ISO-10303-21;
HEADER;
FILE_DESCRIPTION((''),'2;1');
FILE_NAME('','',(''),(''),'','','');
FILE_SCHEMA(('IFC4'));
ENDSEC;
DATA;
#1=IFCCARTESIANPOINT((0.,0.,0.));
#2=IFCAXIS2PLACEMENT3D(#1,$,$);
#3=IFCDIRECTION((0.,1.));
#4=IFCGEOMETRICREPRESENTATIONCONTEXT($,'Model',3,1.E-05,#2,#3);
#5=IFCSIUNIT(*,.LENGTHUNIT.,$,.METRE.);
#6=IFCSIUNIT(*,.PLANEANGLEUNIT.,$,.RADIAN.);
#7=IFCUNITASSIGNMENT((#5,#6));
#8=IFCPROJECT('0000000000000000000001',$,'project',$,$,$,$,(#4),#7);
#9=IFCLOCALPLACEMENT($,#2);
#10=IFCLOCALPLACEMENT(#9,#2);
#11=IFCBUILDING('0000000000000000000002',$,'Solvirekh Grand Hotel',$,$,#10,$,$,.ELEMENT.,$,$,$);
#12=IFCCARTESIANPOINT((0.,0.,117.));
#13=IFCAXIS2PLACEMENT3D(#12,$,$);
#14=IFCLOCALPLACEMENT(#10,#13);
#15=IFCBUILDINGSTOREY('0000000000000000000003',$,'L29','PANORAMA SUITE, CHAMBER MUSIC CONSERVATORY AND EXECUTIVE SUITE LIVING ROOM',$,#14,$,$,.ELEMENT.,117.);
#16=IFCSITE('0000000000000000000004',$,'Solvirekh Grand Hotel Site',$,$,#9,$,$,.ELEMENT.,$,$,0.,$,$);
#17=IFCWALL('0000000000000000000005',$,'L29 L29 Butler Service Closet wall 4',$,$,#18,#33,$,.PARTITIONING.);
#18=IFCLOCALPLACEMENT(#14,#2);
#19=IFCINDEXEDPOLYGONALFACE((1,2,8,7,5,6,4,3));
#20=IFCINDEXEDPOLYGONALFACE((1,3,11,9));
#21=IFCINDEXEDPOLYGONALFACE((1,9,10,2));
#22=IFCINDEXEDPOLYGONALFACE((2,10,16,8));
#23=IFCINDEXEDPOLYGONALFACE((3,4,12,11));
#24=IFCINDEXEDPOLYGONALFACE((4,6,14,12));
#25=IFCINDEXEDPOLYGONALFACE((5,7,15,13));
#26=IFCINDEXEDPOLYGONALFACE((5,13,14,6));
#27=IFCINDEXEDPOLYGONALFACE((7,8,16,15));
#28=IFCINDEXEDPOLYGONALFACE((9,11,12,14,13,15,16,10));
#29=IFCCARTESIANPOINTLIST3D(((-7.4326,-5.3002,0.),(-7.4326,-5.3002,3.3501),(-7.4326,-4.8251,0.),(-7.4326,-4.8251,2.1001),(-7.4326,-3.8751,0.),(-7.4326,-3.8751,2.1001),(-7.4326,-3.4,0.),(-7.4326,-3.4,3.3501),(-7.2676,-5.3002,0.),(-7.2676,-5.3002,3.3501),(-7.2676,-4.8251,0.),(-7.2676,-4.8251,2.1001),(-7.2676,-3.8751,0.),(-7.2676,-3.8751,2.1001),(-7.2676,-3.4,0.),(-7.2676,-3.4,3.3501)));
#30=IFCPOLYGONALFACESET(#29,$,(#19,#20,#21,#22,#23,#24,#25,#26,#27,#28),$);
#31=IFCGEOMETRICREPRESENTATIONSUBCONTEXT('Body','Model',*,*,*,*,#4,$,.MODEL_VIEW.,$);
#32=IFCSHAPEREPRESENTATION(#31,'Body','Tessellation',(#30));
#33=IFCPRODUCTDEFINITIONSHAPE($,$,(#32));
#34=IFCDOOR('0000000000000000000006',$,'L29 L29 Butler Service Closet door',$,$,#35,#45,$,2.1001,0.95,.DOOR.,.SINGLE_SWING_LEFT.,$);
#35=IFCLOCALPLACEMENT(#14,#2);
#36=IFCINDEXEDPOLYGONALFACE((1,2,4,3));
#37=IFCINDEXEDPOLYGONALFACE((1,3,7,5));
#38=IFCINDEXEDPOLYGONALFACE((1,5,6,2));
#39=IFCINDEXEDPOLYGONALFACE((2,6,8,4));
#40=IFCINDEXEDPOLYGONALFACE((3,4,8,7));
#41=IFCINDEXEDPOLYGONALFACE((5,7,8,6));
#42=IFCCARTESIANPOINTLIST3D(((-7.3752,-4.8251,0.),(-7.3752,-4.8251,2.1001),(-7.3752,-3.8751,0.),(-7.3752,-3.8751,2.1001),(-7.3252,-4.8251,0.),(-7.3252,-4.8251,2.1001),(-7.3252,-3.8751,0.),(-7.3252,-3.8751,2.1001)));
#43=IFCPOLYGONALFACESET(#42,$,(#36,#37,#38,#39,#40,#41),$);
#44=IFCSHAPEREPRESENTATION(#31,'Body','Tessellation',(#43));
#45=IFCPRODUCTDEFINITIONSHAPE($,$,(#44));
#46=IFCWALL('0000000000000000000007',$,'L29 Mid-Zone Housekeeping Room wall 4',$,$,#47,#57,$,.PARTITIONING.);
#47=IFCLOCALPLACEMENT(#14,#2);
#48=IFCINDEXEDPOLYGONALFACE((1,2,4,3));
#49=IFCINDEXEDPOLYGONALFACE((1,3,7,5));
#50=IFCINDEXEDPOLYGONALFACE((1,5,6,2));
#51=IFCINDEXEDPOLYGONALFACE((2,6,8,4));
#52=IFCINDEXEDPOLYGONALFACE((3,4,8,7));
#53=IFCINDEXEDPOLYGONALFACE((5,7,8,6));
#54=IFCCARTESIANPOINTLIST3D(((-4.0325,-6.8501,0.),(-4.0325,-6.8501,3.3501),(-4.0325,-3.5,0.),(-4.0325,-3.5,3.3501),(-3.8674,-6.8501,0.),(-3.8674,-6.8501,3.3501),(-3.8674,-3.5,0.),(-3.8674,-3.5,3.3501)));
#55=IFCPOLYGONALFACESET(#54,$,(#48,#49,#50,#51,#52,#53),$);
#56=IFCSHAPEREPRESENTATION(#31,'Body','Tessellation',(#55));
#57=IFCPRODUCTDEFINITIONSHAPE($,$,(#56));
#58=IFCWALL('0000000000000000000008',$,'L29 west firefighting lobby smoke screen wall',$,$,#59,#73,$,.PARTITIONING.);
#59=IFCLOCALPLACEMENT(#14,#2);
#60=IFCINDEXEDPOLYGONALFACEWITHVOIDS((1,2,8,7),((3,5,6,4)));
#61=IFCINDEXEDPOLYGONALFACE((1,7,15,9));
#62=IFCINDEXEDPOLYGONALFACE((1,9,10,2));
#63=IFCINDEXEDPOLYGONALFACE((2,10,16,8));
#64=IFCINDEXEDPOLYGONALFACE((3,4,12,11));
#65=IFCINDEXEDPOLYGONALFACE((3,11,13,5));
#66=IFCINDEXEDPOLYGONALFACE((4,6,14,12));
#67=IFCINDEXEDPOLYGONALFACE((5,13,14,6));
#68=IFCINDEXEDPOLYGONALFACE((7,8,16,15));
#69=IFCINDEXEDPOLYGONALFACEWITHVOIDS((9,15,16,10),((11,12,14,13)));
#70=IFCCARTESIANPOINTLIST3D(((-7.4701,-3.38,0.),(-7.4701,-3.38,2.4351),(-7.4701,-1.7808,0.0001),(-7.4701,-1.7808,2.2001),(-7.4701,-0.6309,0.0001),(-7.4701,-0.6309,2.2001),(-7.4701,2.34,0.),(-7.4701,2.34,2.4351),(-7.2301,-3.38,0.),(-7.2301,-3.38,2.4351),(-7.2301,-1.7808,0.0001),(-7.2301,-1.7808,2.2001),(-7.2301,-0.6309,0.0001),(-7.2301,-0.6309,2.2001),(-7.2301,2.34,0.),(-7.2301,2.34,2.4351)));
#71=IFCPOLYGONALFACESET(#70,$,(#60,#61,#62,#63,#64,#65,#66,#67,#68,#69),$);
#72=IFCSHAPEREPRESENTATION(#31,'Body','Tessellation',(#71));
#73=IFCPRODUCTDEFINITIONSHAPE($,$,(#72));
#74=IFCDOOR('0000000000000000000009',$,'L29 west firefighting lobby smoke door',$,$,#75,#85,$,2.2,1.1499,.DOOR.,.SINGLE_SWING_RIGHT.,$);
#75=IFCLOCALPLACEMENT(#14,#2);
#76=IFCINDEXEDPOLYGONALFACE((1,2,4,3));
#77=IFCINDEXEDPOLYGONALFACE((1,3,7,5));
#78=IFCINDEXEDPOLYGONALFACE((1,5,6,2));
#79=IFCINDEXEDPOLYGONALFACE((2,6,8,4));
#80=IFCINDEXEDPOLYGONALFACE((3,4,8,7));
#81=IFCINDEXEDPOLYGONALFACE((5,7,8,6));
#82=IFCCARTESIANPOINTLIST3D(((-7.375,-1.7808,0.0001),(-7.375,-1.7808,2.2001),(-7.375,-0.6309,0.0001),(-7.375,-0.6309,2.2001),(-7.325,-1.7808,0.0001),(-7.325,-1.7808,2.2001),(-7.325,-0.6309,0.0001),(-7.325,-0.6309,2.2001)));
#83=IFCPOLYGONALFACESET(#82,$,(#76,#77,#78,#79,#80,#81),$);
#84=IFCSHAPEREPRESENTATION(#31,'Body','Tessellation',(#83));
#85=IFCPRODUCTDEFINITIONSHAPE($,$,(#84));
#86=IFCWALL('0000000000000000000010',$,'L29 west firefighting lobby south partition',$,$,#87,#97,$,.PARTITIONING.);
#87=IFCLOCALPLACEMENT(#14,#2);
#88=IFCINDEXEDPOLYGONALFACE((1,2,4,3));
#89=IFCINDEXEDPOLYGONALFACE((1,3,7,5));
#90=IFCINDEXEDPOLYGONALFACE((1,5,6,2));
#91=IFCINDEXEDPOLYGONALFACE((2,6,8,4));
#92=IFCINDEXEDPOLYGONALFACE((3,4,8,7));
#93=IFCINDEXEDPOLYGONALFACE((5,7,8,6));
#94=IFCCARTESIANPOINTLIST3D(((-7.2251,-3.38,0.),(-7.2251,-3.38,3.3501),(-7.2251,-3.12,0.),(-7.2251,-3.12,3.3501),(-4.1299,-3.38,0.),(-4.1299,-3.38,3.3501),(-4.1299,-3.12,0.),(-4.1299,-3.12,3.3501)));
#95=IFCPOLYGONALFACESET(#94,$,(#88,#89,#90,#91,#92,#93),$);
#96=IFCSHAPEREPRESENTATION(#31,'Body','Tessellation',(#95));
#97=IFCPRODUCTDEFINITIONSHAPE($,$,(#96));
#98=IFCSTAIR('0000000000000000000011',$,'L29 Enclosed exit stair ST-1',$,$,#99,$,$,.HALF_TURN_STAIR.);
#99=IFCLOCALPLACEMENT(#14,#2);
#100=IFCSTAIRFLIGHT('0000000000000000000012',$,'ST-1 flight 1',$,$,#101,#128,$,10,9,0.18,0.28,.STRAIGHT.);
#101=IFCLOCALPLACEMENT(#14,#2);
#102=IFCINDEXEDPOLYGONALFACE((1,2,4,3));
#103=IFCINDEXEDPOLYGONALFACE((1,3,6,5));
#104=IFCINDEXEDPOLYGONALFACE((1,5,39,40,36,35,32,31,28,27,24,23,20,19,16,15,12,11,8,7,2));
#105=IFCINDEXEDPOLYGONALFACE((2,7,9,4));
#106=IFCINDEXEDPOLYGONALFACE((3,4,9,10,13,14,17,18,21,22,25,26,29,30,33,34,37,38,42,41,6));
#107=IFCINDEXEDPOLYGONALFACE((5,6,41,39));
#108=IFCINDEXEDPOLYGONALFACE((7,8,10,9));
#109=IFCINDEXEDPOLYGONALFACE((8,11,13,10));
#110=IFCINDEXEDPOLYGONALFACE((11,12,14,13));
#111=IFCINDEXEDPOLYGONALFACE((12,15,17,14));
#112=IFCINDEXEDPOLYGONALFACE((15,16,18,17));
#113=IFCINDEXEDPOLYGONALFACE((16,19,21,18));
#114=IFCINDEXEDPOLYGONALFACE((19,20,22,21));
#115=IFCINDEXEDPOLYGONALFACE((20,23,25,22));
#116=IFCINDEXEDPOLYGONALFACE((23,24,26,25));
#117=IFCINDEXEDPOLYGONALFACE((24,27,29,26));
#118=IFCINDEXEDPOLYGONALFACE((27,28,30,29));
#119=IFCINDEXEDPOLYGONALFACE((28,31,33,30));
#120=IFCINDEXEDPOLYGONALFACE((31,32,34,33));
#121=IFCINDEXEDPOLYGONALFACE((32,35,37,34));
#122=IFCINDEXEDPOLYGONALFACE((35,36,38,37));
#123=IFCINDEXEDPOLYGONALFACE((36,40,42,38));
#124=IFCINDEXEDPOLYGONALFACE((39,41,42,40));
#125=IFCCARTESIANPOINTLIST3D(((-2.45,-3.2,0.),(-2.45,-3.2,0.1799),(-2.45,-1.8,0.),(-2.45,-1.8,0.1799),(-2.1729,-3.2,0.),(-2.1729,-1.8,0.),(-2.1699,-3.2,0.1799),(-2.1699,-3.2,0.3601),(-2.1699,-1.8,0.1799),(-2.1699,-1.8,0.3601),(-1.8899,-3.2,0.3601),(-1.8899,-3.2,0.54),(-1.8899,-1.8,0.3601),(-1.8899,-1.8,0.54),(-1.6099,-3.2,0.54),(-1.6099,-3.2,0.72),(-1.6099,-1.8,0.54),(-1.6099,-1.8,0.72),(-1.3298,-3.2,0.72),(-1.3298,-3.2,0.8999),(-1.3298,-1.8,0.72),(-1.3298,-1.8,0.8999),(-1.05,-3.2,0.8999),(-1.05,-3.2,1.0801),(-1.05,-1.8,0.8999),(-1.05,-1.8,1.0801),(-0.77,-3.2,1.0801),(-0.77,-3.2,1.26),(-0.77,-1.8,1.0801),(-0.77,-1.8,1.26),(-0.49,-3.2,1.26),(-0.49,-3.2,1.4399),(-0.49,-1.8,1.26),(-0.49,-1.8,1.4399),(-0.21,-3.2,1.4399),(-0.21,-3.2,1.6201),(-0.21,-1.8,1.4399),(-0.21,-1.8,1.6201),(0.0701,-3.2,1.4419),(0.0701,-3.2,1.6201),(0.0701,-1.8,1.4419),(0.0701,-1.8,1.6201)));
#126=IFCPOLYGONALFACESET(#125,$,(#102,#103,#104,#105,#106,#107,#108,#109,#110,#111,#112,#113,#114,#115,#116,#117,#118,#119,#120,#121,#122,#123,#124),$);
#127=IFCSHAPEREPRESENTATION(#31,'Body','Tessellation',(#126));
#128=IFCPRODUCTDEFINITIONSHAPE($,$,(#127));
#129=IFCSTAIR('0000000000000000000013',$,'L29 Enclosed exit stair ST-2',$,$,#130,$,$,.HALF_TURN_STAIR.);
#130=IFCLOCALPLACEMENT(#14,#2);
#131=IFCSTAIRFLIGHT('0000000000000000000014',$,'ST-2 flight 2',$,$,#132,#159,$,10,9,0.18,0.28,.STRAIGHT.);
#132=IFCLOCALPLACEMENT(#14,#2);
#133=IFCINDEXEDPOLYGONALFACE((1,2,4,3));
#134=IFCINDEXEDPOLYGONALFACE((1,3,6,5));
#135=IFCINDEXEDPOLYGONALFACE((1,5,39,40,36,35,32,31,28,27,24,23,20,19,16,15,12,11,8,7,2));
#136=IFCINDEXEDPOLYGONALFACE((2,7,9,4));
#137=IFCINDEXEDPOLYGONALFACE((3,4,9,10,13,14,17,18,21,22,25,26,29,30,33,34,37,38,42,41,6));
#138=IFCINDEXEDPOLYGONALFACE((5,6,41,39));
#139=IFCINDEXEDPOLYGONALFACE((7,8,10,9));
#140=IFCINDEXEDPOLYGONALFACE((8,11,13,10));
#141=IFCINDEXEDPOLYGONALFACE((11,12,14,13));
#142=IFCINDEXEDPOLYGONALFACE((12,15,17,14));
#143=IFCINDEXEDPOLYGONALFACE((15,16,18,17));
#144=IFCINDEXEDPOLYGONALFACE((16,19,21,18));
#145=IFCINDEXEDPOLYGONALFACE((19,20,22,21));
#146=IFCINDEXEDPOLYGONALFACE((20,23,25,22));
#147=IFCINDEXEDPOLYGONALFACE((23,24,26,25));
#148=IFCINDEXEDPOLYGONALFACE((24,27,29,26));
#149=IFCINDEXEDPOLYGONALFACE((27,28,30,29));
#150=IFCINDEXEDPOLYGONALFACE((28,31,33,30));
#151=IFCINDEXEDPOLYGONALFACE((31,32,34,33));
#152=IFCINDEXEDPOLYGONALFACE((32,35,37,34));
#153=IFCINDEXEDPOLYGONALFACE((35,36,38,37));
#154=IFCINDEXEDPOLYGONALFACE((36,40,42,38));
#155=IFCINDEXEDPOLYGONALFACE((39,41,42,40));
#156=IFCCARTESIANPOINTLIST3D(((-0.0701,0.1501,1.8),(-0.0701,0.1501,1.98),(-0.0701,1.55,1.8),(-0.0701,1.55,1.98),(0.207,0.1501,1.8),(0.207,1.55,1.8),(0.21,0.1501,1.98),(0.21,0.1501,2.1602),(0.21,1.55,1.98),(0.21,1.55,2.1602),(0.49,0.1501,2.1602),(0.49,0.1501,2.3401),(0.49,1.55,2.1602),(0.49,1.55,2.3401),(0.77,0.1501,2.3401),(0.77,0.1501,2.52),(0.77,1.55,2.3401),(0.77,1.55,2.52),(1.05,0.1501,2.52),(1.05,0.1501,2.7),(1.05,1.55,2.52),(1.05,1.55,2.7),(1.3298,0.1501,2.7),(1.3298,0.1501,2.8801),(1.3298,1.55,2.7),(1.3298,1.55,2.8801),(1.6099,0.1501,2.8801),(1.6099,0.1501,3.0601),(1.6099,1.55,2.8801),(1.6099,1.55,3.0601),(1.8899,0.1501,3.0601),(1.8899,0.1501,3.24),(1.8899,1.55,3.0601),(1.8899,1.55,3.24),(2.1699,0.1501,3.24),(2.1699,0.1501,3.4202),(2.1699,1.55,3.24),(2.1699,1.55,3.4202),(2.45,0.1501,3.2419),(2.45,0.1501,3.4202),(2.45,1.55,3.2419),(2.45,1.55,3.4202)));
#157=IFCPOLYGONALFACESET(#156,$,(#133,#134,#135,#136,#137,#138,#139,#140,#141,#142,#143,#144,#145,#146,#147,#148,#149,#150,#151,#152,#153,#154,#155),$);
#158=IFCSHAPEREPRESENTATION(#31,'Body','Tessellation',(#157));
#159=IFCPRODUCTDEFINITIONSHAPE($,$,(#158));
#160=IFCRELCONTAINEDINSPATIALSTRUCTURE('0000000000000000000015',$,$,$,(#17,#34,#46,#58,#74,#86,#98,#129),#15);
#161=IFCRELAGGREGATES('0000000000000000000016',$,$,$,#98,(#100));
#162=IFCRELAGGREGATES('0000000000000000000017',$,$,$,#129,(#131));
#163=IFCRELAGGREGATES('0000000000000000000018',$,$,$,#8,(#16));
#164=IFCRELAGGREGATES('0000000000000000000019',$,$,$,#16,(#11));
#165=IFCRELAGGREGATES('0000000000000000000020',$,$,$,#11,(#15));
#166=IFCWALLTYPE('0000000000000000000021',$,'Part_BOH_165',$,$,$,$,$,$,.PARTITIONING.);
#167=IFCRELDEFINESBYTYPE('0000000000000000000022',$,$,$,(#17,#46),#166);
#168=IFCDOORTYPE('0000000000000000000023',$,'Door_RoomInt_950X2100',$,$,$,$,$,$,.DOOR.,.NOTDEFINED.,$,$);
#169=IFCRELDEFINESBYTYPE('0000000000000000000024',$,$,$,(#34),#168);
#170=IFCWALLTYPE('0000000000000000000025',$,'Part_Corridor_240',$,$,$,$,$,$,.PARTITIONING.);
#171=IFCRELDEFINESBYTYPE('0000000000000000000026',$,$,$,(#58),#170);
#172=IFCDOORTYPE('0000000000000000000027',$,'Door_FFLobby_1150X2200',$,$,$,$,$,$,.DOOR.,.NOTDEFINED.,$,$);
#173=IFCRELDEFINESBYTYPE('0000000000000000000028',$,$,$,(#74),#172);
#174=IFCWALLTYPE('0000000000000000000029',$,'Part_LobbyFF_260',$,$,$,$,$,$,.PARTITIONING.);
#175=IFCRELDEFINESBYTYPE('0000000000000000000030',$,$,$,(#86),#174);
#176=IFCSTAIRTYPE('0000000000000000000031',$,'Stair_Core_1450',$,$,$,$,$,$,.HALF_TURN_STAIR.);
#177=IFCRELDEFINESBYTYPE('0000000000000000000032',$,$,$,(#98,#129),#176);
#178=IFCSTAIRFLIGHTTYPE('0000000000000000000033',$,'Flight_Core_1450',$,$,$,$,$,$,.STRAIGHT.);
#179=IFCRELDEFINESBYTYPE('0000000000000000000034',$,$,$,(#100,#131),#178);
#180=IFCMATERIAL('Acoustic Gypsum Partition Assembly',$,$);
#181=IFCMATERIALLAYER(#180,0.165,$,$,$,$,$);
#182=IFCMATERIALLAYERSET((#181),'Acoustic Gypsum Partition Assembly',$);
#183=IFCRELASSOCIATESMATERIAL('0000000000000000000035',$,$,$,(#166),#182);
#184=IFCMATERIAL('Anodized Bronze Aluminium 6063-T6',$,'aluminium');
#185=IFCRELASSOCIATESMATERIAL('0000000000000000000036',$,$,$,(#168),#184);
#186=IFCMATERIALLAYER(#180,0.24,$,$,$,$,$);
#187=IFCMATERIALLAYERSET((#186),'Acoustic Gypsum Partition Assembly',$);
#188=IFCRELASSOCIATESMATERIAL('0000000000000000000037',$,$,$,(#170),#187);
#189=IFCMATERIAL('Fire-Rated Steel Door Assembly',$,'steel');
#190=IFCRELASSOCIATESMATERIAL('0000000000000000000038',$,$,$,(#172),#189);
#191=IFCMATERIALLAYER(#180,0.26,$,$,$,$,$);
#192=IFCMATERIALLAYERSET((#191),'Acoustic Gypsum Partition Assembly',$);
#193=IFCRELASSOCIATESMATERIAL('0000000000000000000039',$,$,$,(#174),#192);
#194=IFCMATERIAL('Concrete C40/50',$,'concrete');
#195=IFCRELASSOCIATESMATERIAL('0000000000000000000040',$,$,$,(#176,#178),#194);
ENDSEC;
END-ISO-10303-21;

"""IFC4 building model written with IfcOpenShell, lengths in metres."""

from ifc_helpers import new_model, si_unit, direction, frame, frame_2d, origin, place, context, subcontext, project, spatial, polyline, rectangle, outline, extrude, material, layer, layer_set, type_object, element, fill, aggregate, save


model = new_model("IFC4")

# Units and contexts
model_context = context("Model", 3, precision=1e-05, world=origin(), true_north=direction((0.0, 1.0)))
body_context = subcontext(model_context, "Body", "Model", "MODEL_VIEW")
ifc_project = project(units=[si_unit("LENGTHUNIT", "METRE"), si_unit("PLANEANGLEUNIT", "RADIAN")], contexts=[model_context])

# Site, building, storey
site_placement = place(None, origin())
site = spatial("IfcSite", under=ifc_project, at=site_placement, Name="Solvirekh Grand Hotel Site", CompositionType="ELEMENT", RefElevation=0.0)
building_placement = place(site_placement, origin())
building = spatial("IfcBuilding", under=site, at=building_placement, Name="Solvirekh Grand Hotel", CompositionType="ELEMENT")
storey_placement = place(building_placement, frame((0.0, 0.0, 117.0)))
storey = spatial("IfcBuildingStorey", under=building, at=storey_placement, Name="L29", Description="PANORAMA SUITE, CHAMBER MUSIC CONSERVATORY AND EXECUTIVE SUITE LIVING ROOM", CompositionType="ELEMENT", Elevation=117.0)

# Shared definitions
ifc_material_1 = material(Name="Concrete C40/50", Category="concrete")

# Shared definitions
ifc_material_2 = material(Name="Fire-Rated Steel Door Assembly", Category="steel")

# Wall, opening, door
ifc_material_3 = material(Name="Acoustic Gypsum Partition Assembly")
ifc_layer_1 = layer(ifc_material_3, 0.165)
ifc_layer_set_1 = layer_set([ifc_layer_1], Name="Acoustic Gypsum Partition Assembly")
wall_type_1 = type_object("IfcWallType", Name="Part_BOH_165", PredefinedType="PARTITIONING", material=ifc_layer_set_1)
wall_1_placement = place(storey_placement, frame((-7.3501, -3.3999, 0.0), z_axis=(0.0, 0.0, 1.0), x_axis=(0.0, -1.0, 0.0)))
wall_1 = element("IfcWall", 1, at=wall_1_placement, inside=storey, type_object=wall_type_1, Name="L29 L29 Butler Service Closet wall 4", PredefinedType="PARTITIONING", context=body_context, shape_type="SweptSolid", body=[
    extrude(rectangle(XDim=1.9001, YDim=0.165, at=frame_2d((0.9502, 0.0))), origin(), (0.0, 0.0, 1.0), 3.3501),
])
opening_1_placement = place(wall_1_placement, frame((0.4751, 0.0, 0.0)))
opening_1 = element("IfcOpeningElement", 2, at=opening_1_placement, cuts=wall_1, PredefinedType="OPENING", context=body_context, shape_type="SweptSolid", body=[
    extrude(rectangle(XDim=0.95, YDim=2.1001, at=frame_2d((0.4751, 1.05))), frame((0.0, 0.0925, 0.0), z_axis=(0.0, -1.0, 0.0), x_axis=(1.0, 0.0, 0.0)), (0.0, 0.0, 1.0), 0.1851),
])
ifc_material_4 = material(Name="Anodized Bronze Aluminium 6063-T6", Category="aluminium")
door_type_1 = type_object("IfcDoorType", Name="Door_RoomInt_950X2100", OperationType="NOTDEFINED", PredefinedType="DOOR", material=ifc_material_4)
door_1_placement = place(opening_1_placement, origin())
door_1 = element("IfcDoor", 3, at=door_1_placement, inside=storey, type_object=door_type_1, Name="L29 L29 Butler Service Closet door", OperationType="SINGLE_SWING_LEFT", OverallHeight=2.1001, OverallWidth=0.95, PredefinedType="DOOR", context=body_context, shape_type="SweptSolid", body=[
    extrude(rectangle(XDim=0.95, YDim=2.1001, at=frame_2d((0.4751, 1.05))), frame((0.0, 0.0249, 0.0), z_axis=(0.0, -1.0, 0.0), x_axis=(1.0, 0.0, 0.0)), (0.0, 0.0, 1.0), 0.05),
])
fill(opening_1, door_1)

# Wall
wall_2_placement = place(storey_placement, frame((-3.95, -3.5, 0.0), z_axis=(0.0, 0.0, 1.0), x_axis=(0.0, -1.0, 0.0)))
element("IfcWall", 4, at=wall_2_placement, inside=storey, type_object=wall_type_1, Name="L29 Mid-Zone Housekeeping Room wall 4", PredefinedType="PARTITIONING", context=body_context, shape_type="SweptSolid", body=[
    extrude(rectangle(XDim=3.3501, YDim=0.165, at=frame_2d((1.675, 0.0))), origin(), (0.0, 0.0, 1.0), 3.3501),
])

# Wall, opening, door
ifc_layer_2 = layer(ifc_material_3, 0.24)
ifc_layer_set_2 = layer_set([ifc_layer_2], Name="Acoustic Gypsum Partition Assembly")
wall_type_2 = type_object("IfcWallType", Name="Part_Corridor_240", PredefinedType="PARTITIONING", material=ifc_layer_set_2)
wall_3_placement = place(storey_placement, frame((-7.3501, -3.3799, 0.0), z_axis=(0.0, 0.0, 1.0), x_axis=(0.0, 1.0, 0.0)))
wall_3 = element("IfcWall", 5, at=wall_3_placement, inside=storey, type_object=wall_type_2, Name="L29 west firefighting lobby smoke screen wall", PredefinedType="PARTITIONING", context=body_context, shape_type="SweptSolid", body=[
    extrude(rectangle(XDim=5.72, YDim=0.24, at=frame_2d((2.8599, 0.0))), origin(), (0.0, 0.0, 1.0), 2.4351),
])
opening_2_placement = place(wall_3_placement, frame((1.5991, 0.0, 0.0)))
opening_2 = element("IfcOpeningElement", 6, at=opening_2_placement, cuts=wall_3, PredefinedType="OPENING", context=body_context, shape_type="SweptSolid", body=[
    extrude(rectangle(XDim=1.1499, YDim=2.2, at=frame_2d((0.575, 1.1001))), frame((0.0, 0.1299, 0.0), z_axis=(0.0, -1.0, 0.0), x_axis=(1.0, 0.0, 0.0)), (0.0, 0.0, 1.0), 0.26),
])
door_type_2 = type_object("IfcDoorType", Name="Door_FFLobby_1150X2200", OperationType="NOTDEFINED", PredefinedType="DOOR", material=ifc_material_2)
door_2_placement = place(opening_2_placement, origin())
door_2 = element("IfcDoor", 7, at=door_2_placement, inside=storey, type_object=door_type_2, Name="L29 west firefighting lobby smoke door", OperationType="SINGLE_SWING_RIGHT", OverallHeight=2.2, OverallWidth=1.1499, PredefinedType="DOOR", context=body_context, shape_type="SweptSolid", body=[
    extrude(rectangle(XDim=1.1499, YDim=2.2, at=frame_2d((0.575, 1.1001))), frame((0.0, 0.0249, 0.0), z_axis=(0.0, -1.0, 0.0), x_axis=(1.0, 0.0, 0.0)), (0.0, 0.0, 1.0), 0.05),
])
fill(opening_2, door_2)

# Wall
ifc_layer_3 = layer(ifc_material_3, 0.26)
ifc_layer_set_3 = layer_set([ifc_layer_3], Name="Acoustic Gypsum Partition Assembly")
wall_type_3 = type_object("IfcWallType", Name="Part_LobbyFF_260", PredefinedType="PARTITIONING", material=ifc_layer_set_3)
wall_4_placement = place(storey_placement, frame((-7.2251, -3.25, 0.0), z_axis=(0.0, 0.0, 1.0), x_axis=(1.0, 0.0, 0.0)))
element("IfcWall", 8, at=wall_4_placement, inside=storey, type_object=wall_type_3, Name="L29 west firefighting lobby south partition", PredefinedType="PARTITIONING", context=body_context, shape_type="SweptSolid", body=[
    extrude(rectangle(XDim=3.0952, YDim=0.26, at=frame_2d((1.5476, 0.0))), origin(), (0.0, 0.0, 1.0), 3.3501),
])

# Stairs, stair flights
stair_type = type_object("IfcStairType", Name="Stair_Core_1450", PredefinedType="HALF_TURN_STAIR", material=ifc_material_1)
stair_1_placement = place(storey_placement, origin())
stair_1 = element("IfcStair", 9, at=stair_1_placement, inside=storey, type_object=stair_type, Name="L29 Enclosed exit stair ST-1", PredefinedType="HALF_TURN_STAIR")
stair_flight_type = type_object("IfcStairFlightType", Name="Flight_Core_1450", PredefinedType="STRAIGHT", material=ifc_material_1)
stair_flight_1_placement = place(storey_placement, frame((-2.45, -2.5, 0.0), z_axis=(0.0, 0.0, 1.0), x_axis=(1.0, 0.0, 0.0)))
stair_flight_1 = element("IfcStairFlight", 10, at=stair_flight_1_placement, type_object=stair_flight_type, Name="ST-1 flight 1", NumberOfRisers=10, NumberOfTreads=9, PredefinedType="STRAIGHT", RiserHeight=0.18, TreadLength=0.28, context=body_context, shape_type="SweptSolid", body=[
    extrude(outline(polyline([(0.0, 0.0), (0.0, 0.1799), (0.28, 0.1799), (0.28, 0.3601), (0.5601, 0.3601), (0.5601, 0.54), (0.8401, 0.54), (0.8401, 0.72), (1.1201, 0.72), (1.1201, 0.8999), (1.3999, 0.8999), (1.3999, 1.0801), (1.6799, 1.0801), (1.6799, 1.26), (1.96, 1.26), (1.96, 1.4399), (2.24, 1.4399), (2.24, 1.6201), (2.52, 1.6201), (2.52, 1.8), (2.52, 1.4419), (0.2771, 0.0), (0.0, 0.0)])), frame((0.0, 0.7, 0.0), z_axis=(0.0, -1.0, 0.0), x_axis=(1.0, 0.0, 0.0)), (0.0, 0.0, 1.0), 1.3999),
])
aggregate(stair_1, [stair_flight_1])
stair_2_placement = place(storey_placement, origin())
stair_2 = element("IfcStair", 11, at=stair_2_placement, inside=storey, type_object=stair_type, Name="L29 Enclosed exit stair ST-2", PredefinedType="HALF_TURN_STAIR")
stair_flight_2_placement = place(storey_placement, frame((-0.0701, 0.8501, 1.8), z_axis=(0.0, 0.0, 1.0), x_axis=(1.0, 0.0, 0.0)))
stair_flight_2 = element("IfcStairFlight", 12, at=stair_flight_2_placement, type_object=stair_flight_type, Name="ST-2 flight 2", NumberOfRisers=10, NumberOfTreads=9, PredefinedType="STRAIGHT", RiserHeight=0.18, TreadLength=0.28, context=body_context, shape_type="SweptSolid", body=[
    extrude(outline(polyline([(0.0, 0.0), (0.0, 0.1799), (0.28, 0.1799), (0.28, 0.3601), (0.5601, 0.3601), (0.5601, 0.54), (0.8401, 0.54), (0.8401, 0.72), (1.1201, 0.72), (1.1201, 0.8999), (1.3999, 0.8999), (1.3999, 1.0801), (1.6799, 1.0801), (1.6799, 1.26), (1.96, 1.26), (1.96, 1.4399), (2.24, 1.4399), (2.24, 1.6201), (2.52, 1.6201), (2.52, 1.8), (2.52, 1.4419), (0.2771, 0.0), (0.0, 0.0)])), frame((0.0, 0.7, 0.0), z_axis=(0.0, -1.0, 0.0), x_axis=(1.0, 0.0, 0.0)), (0.0, 0.0, 1.0), 1.3999),
])
aggregate(stair_2, [stair_flight_2])

save(model, "model.ifc")
